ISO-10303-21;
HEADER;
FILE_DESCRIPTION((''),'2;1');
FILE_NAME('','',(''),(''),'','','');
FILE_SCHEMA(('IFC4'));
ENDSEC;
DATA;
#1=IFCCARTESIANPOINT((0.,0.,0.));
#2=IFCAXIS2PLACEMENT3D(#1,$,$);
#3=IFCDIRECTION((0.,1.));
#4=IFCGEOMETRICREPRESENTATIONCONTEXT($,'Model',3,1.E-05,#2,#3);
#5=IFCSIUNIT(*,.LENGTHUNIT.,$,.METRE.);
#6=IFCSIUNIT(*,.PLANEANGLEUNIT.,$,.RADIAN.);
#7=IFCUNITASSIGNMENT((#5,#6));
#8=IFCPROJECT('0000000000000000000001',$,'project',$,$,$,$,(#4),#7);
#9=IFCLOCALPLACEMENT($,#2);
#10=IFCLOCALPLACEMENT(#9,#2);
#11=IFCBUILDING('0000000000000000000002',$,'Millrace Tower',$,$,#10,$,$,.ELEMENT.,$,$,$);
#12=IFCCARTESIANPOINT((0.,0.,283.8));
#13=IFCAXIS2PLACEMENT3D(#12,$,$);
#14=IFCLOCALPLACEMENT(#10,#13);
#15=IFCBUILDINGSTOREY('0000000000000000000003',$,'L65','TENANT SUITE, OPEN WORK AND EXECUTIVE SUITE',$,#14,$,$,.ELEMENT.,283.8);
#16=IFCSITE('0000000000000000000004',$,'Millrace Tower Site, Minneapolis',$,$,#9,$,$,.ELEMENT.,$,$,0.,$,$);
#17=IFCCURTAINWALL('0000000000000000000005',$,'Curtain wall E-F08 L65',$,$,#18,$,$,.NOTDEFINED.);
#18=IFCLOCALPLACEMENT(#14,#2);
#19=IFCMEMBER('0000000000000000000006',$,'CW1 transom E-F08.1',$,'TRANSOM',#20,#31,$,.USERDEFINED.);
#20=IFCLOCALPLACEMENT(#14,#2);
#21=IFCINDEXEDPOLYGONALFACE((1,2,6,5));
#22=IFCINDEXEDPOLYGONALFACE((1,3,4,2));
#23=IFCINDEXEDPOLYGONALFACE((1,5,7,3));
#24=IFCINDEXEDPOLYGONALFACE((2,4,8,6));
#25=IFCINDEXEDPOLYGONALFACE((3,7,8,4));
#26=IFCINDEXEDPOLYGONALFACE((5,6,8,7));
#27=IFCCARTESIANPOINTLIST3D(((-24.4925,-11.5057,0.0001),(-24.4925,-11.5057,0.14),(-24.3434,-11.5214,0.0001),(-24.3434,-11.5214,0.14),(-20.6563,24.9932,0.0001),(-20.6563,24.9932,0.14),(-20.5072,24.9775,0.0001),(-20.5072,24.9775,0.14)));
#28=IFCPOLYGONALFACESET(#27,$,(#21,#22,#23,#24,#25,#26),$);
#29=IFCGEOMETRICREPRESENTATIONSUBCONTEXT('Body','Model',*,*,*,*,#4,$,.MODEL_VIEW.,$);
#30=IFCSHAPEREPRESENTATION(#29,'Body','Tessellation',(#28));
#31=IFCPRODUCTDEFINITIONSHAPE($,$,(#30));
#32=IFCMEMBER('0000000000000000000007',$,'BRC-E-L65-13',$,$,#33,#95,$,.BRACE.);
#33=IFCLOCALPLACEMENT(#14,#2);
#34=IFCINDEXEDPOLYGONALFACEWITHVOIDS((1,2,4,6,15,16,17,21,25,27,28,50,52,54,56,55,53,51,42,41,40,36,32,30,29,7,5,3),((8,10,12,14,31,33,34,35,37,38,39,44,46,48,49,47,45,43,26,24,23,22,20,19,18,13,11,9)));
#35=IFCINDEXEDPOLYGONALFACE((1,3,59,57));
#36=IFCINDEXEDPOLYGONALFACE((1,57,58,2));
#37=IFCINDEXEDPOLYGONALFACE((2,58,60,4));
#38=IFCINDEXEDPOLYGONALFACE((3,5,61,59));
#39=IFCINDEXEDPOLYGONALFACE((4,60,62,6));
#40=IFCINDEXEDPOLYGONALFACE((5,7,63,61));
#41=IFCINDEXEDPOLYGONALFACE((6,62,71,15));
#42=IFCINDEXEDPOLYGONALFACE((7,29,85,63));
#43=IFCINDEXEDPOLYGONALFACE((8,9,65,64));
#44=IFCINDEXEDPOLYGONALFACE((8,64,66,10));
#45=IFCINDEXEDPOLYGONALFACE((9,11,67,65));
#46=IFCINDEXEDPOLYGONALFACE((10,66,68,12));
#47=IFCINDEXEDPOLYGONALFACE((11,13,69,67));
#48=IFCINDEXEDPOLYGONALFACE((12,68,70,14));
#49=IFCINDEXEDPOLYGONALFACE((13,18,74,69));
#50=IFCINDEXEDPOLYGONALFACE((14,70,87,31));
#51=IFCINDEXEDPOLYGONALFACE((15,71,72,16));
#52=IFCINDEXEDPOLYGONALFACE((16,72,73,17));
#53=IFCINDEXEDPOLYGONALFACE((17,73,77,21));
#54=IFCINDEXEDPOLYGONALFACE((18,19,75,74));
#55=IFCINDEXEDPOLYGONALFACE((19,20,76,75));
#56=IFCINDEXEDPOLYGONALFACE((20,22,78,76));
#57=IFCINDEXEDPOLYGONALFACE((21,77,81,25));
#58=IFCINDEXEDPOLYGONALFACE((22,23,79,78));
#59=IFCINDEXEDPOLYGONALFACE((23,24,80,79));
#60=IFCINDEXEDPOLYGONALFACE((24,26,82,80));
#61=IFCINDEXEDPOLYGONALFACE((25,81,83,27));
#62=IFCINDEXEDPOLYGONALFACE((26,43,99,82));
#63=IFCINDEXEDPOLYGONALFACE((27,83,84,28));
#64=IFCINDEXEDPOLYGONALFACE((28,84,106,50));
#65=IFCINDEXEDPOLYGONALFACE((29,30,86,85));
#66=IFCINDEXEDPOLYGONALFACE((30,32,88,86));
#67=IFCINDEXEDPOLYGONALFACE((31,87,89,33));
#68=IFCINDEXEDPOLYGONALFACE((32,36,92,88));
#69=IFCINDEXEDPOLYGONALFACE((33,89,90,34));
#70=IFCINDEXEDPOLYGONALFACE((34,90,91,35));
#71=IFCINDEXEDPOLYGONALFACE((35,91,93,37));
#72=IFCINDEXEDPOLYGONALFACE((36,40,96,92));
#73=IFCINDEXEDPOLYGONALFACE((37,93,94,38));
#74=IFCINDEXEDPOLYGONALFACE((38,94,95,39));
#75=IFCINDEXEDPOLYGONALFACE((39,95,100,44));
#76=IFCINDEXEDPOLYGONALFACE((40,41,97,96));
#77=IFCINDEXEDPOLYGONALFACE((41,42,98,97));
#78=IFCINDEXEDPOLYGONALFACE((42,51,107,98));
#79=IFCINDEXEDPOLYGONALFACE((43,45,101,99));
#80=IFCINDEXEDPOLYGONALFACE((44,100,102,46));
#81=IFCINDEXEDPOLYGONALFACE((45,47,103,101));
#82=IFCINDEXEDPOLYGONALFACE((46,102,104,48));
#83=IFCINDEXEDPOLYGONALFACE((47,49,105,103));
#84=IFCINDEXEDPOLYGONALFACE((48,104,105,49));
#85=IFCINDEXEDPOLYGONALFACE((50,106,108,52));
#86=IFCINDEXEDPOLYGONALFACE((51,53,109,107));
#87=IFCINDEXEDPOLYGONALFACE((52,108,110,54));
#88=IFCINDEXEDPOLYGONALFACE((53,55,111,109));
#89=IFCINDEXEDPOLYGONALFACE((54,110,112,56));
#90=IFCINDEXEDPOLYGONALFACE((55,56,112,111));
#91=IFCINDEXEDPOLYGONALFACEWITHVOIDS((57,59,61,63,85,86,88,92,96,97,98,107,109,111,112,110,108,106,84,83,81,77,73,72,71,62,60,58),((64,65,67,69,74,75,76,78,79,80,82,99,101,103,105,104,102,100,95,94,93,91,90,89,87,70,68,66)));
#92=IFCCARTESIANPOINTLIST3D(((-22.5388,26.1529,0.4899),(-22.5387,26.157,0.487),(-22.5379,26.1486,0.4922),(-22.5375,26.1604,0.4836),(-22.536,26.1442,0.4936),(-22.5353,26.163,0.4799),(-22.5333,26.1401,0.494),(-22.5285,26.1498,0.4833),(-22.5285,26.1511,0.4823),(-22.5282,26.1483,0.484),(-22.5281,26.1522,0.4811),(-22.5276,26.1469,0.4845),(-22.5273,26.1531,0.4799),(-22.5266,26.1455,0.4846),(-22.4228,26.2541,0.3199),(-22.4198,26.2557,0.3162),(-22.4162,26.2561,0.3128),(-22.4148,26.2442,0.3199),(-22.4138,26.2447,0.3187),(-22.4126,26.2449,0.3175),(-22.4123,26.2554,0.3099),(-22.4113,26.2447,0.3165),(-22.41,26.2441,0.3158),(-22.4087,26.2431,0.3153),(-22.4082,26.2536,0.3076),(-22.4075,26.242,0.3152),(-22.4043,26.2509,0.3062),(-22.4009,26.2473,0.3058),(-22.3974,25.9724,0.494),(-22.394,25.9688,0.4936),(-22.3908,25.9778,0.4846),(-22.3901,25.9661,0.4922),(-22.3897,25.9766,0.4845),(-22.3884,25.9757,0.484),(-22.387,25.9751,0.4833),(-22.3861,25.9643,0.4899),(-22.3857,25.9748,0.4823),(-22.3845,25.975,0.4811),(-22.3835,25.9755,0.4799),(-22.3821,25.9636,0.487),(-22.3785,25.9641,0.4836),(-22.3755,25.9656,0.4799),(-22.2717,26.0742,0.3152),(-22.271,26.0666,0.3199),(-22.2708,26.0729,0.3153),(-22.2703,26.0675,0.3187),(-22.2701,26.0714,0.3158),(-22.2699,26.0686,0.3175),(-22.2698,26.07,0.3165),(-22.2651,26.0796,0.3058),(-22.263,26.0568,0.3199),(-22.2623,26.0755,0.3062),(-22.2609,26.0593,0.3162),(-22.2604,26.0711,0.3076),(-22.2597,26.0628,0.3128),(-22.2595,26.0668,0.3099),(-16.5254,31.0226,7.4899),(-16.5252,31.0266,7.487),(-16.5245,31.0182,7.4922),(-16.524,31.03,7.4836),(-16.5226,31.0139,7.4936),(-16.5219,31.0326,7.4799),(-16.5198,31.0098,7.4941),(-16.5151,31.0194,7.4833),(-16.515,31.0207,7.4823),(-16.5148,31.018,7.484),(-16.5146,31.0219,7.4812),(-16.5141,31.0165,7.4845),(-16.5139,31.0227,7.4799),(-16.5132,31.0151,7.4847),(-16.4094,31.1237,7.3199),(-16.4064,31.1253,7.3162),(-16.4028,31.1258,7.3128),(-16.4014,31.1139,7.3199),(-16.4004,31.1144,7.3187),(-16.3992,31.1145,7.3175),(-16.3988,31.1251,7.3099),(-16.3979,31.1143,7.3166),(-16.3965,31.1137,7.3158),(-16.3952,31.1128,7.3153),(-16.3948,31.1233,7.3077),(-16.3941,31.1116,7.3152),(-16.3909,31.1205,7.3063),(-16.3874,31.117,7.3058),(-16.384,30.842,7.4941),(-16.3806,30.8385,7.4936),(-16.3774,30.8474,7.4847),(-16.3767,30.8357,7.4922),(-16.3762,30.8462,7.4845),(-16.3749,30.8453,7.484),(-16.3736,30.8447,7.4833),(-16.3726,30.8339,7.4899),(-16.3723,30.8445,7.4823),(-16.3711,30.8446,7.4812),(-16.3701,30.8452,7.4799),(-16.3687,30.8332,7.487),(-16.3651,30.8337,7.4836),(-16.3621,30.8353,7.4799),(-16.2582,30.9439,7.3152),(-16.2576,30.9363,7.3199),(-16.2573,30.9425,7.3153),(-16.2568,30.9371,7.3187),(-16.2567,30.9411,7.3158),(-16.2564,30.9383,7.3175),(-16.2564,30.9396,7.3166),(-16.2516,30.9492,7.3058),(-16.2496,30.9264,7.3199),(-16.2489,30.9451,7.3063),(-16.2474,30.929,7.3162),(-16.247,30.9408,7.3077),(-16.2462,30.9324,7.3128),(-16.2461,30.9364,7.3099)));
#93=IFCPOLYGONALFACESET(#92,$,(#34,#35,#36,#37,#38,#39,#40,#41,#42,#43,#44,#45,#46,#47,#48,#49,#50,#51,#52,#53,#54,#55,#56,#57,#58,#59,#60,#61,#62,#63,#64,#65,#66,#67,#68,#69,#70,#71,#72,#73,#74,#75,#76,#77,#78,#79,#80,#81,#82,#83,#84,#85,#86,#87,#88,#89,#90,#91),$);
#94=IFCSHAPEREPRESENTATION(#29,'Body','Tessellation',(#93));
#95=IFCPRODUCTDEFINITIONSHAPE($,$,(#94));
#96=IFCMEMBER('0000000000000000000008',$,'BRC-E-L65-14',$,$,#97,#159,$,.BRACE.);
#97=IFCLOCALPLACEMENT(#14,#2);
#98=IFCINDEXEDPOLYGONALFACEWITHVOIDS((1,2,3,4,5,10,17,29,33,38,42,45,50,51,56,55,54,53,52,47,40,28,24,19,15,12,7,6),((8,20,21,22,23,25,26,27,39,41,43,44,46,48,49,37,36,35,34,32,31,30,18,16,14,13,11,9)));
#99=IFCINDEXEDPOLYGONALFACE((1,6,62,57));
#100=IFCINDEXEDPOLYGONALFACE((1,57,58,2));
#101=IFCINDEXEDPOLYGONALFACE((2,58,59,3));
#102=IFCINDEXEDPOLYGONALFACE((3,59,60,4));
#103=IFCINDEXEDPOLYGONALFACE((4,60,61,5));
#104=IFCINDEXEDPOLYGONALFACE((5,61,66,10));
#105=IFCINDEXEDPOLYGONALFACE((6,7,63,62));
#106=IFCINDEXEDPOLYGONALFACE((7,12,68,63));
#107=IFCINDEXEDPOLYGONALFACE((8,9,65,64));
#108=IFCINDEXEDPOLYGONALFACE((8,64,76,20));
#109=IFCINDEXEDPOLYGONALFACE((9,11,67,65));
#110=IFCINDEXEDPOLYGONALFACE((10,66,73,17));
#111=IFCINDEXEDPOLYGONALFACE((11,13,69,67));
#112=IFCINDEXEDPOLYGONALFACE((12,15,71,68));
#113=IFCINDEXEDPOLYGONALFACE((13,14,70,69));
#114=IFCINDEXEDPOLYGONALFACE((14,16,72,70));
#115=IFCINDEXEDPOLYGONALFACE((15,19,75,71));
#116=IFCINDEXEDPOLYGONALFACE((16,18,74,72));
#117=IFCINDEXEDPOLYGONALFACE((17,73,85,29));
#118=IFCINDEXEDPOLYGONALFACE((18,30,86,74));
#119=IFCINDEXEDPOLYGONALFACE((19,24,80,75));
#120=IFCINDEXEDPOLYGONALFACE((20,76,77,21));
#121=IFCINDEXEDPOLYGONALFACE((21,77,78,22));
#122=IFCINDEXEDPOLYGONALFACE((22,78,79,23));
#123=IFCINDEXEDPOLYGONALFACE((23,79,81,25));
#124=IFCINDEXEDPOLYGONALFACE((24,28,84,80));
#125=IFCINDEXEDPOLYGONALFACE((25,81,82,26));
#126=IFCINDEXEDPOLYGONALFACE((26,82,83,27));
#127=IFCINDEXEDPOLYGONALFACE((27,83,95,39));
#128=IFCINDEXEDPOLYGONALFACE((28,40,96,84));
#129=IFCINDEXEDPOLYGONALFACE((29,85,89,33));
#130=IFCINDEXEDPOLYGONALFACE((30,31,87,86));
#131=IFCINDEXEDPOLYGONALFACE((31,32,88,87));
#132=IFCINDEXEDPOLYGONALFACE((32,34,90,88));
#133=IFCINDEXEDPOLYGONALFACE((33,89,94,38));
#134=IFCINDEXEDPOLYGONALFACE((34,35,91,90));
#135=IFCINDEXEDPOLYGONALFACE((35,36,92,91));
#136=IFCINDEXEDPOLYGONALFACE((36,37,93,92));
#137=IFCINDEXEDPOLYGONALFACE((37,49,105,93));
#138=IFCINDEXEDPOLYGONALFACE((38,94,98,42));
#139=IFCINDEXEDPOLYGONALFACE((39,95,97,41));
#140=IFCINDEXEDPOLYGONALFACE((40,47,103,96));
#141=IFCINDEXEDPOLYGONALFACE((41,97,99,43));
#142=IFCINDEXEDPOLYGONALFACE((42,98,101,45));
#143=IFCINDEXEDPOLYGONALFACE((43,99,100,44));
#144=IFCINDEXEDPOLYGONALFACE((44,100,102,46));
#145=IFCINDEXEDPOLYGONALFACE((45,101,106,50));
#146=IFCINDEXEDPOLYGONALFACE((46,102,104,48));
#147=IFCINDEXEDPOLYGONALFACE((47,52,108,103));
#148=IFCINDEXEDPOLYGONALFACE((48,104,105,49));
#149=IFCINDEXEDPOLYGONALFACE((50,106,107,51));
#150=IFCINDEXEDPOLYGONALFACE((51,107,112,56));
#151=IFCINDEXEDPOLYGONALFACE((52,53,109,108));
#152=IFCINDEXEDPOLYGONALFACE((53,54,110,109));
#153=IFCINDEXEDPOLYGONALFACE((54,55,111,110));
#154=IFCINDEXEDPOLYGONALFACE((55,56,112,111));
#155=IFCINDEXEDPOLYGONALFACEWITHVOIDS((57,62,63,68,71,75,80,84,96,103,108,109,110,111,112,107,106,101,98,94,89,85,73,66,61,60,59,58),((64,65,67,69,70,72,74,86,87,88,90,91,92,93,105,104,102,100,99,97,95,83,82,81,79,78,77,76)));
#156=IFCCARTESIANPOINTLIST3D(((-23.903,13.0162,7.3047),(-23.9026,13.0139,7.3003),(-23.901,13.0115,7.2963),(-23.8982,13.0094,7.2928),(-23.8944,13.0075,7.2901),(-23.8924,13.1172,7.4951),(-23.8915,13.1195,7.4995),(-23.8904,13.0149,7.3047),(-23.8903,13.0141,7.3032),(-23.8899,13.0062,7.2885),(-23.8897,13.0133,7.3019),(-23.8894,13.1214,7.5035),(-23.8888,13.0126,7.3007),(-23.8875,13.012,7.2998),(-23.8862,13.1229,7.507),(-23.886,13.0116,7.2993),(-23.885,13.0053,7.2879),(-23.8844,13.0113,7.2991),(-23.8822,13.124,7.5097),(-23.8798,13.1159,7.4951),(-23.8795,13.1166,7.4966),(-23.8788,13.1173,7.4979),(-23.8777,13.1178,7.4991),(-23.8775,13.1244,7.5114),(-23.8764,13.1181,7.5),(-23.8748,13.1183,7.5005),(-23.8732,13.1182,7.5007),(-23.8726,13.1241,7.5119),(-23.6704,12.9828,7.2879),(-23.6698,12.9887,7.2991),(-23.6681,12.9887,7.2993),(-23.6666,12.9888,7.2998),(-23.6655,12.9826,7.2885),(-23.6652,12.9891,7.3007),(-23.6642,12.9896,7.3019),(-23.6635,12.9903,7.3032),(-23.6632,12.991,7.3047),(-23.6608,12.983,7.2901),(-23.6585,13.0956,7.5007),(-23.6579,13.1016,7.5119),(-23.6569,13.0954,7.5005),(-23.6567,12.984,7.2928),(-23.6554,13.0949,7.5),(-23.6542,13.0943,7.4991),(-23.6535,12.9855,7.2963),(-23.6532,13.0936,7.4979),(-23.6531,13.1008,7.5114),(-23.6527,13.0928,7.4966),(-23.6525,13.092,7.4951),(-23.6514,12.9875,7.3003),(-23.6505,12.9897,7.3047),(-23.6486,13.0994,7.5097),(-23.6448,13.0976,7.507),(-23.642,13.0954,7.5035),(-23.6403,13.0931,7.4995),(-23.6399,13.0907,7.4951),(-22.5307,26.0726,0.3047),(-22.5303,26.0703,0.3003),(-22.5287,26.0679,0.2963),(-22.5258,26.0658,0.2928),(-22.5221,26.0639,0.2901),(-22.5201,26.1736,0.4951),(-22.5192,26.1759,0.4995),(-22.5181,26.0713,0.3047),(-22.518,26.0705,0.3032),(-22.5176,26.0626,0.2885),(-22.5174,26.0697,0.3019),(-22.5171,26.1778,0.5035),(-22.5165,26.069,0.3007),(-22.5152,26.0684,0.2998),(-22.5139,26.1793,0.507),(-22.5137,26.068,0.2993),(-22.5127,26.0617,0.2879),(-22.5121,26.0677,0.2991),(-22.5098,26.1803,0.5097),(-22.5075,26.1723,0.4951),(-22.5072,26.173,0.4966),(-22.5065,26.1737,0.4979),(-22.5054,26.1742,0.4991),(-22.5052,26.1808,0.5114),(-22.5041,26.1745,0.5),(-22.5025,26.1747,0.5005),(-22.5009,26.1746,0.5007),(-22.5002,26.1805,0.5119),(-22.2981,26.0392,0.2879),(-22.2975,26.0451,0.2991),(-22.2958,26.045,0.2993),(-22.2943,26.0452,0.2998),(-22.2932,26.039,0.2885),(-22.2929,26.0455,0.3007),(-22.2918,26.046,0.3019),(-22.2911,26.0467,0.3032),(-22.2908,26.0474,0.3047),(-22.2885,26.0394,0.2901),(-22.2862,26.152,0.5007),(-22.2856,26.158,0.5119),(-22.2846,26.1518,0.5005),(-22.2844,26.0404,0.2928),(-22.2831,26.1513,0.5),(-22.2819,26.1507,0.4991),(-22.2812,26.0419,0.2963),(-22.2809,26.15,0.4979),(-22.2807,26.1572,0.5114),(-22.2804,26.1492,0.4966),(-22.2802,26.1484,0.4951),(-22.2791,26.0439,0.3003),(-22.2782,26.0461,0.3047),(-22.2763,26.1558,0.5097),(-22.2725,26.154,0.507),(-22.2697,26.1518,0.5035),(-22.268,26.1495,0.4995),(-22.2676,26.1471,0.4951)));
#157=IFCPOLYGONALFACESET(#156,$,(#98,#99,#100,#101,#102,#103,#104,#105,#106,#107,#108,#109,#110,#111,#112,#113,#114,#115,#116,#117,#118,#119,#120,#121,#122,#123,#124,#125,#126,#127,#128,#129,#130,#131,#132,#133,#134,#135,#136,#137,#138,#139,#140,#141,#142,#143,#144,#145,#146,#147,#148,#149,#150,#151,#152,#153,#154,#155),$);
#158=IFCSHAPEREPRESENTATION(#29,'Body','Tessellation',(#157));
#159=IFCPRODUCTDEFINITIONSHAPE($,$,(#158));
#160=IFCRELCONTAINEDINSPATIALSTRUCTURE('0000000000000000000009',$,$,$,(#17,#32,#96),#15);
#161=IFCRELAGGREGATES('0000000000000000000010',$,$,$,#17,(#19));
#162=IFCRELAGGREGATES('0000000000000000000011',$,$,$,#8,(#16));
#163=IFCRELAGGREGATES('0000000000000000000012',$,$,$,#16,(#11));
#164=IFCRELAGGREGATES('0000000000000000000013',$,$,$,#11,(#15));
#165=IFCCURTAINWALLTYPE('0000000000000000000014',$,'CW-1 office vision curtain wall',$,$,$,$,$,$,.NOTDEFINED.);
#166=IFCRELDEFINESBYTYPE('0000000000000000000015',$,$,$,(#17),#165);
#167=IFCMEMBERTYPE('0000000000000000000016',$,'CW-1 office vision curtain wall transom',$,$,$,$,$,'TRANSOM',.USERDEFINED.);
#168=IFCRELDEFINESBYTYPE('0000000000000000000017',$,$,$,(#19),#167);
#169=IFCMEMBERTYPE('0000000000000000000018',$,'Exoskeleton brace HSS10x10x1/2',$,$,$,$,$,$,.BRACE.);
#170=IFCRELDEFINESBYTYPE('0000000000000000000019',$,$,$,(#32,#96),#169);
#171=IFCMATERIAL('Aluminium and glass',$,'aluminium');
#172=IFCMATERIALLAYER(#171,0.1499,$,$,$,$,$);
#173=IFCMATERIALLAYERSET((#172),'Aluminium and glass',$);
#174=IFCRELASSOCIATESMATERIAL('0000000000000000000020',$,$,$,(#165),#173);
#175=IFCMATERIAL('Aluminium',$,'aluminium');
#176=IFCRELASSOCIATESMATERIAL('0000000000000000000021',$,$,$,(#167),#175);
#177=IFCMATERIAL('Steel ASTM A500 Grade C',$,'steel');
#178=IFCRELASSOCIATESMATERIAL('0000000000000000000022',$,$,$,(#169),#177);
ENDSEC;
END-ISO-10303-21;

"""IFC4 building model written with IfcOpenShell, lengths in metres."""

from ifc_helpers import new_model, si_unit, direction, frame, origin, origin_2d, place, context, subcontext, project, spatial, rectangle, hollow_rectangle, extrude, material, layer, layer_set, material_profile, profile_set, type_object, element, aggregate, save


model = new_model("IFC4")

# Units and contexts
model_context = context("Model", 3, precision=1e-05, world=origin(), true_north=direction((0.0, 1.0)))
body_context = subcontext(model_context, "Body", "Model", "MODEL_VIEW")
ifc_project = project(units=[si_unit("LENGTHUNIT", "METRE"), si_unit("PLANEANGLEUNIT", "RADIAN")], contexts=[model_context])

# Site, building, storey
site_placement = place(None, origin())
site = spatial("IfcSite", under=ifc_project, at=site_placement, Name="Millrace Tower Site, Minneapolis", CompositionType="ELEMENT", RefElevation=0.0)
building_placement = place(site_placement, origin())
building = spatial("IfcBuilding", under=site, at=building_placement, Name="Millrace Tower", CompositionType="ELEMENT")
storey_placement = place(building_placement, frame((0.0, 0.0, 283.8)))
storey = spatial("IfcBuildingStorey", under=building, at=storey_placement, Name="L65", Description="TENANT SUITE, OPEN WORK AND EXECUTIVE SUITE", CompositionType="ELEMENT", Elevation=283.8)

# Curtain wall, member
ifc_material_1 = material(Name="Aluminium and glass", Category="aluminium")
ifc_layer_1 = layer(ifc_material_1, 0.1499)
ifc_layer_set_1 = layer_set([ifc_layer_1], Name="Aluminium and glass")
curtain_wall_type = type_object("IfcCurtainWallType", Name="CW-1 office vision curtain wall", PredefinedType="NOTDEFINED", material=ifc_layer_set_1)
curtain_wall_placement = place(storey_placement, origin())
curtain_wall = element("IfcCurtainWall", 1, at=curtain_wall_placement, inside=storey, type_object=curtain_wall_type, Name="Curtain wall E-F08 L65", PredefinedType="NOTDEFINED")
ifc_material_2 = material(Name="Aluminium", Category="aluminium")
ifc_material_profile_1 = material_profile(ifc_material_2, rectangle(XDim=0.1499, YDim=0.1399, at=origin_2d()))
ifc_profile_set_1 = profile_set([ifc_material_profile_1], Name="Aluminium")
member_type_1 = type_object("IfcMemberType", Name="CW-1 office vision curtain wall transom", ElementType="TRANSOM", PredefinedType="USERDEFINED", material=ifc_profile_set_1)
member_1_placement = place(storey_placement, frame((-20.5818, 24.9854, 0.0701), z_axis=(-0.104528, -0.994522, 0.0), x_axis=(0.994522, -0.104528, 0.0)))
member_1 = element("IfcMember", 2, at=member_1_placement, type_object=member_type_1, Name="CW1 transom E-F08.1", ObjectType="TRANSOM", PredefinedType="USERDEFINED", context=body_context, shape_type="SweptSolid", body=[
    extrude(rectangle(XDim=0.1499, YDim=0.1399, at=origin_2d()), origin(), (0.0, 0.0, 1.0), 36.7),
])
aggregate(curtain_wall, [member_1])

# Members
ifc_material_3 = material(Name="Steel ASTM A500 Grade C", Category="steel")
ifc_material_profile_2 = material_profile(ifc_material_3, hollow_rectangle(XDim=0.2539, YDim=0.2539, WallThickness=0.0127, InnerFilletRadius=0.0063, OuterFilletRadius=0.019, at=origin_2d()))
ifc_profile_set_2 = profile_set([ifc_material_profile_2], Name="Steel ASTM A500 Grade C")
member_type_2 = type_object("IfcMemberType", Name="Exoskeleton brace HSS10x10x1/2", PredefinedType="BRACE", material=ifc_profile_set_2)
member_2_placement = place(storey_placement, frame((-22.3992, 26.1099, 0.3999), z_axis=(0.576314, 0.466694, 0.670864), x_axis=(-0.629324, 0.777143, 0.0)))
element("IfcMember", 3, at=member_2_placement, inside=storey, type_object=member_type_2, Name="BRC-E-L65-13", PredefinedType="BRACE", context=body_context, shape_type="SweptSolid", body=[
    extrude(hollow_rectangle(XDim=0.2539, YDim=0.2539, WallThickness=0.0127, InnerFilletRadius=0.0063, OuterFilletRadius=0.019, at=origin_2d()), origin(), (0.0, 0.0, 1.0), 10.4343),
])
member_3_placement = place(storey_placement, frame((-22.3992, 26.1099, 0.3999), z_axis=(-0.092238, -0.877568, 0.470496), x_axis=(0.994522, -0.104531, 0.0)))
element("IfcMember", 4, at=member_3_placement, inside=storey, type_object=member_type_2, Name="BRC-E-L65-14", PredefinedType="BRACE", context=body_context, shape_type="SweptSolid", body=[
    extrude(hollow_rectangle(XDim=0.2539, YDim=0.2539, WallThickness=0.0127, InnerFilletRadius=0.0063, OuterFilletRadius=0.019, at=origin_2d()), origin(), (0.0, 0.0, 1.0), 14.8779),
])

save(model, "model.ifc")
